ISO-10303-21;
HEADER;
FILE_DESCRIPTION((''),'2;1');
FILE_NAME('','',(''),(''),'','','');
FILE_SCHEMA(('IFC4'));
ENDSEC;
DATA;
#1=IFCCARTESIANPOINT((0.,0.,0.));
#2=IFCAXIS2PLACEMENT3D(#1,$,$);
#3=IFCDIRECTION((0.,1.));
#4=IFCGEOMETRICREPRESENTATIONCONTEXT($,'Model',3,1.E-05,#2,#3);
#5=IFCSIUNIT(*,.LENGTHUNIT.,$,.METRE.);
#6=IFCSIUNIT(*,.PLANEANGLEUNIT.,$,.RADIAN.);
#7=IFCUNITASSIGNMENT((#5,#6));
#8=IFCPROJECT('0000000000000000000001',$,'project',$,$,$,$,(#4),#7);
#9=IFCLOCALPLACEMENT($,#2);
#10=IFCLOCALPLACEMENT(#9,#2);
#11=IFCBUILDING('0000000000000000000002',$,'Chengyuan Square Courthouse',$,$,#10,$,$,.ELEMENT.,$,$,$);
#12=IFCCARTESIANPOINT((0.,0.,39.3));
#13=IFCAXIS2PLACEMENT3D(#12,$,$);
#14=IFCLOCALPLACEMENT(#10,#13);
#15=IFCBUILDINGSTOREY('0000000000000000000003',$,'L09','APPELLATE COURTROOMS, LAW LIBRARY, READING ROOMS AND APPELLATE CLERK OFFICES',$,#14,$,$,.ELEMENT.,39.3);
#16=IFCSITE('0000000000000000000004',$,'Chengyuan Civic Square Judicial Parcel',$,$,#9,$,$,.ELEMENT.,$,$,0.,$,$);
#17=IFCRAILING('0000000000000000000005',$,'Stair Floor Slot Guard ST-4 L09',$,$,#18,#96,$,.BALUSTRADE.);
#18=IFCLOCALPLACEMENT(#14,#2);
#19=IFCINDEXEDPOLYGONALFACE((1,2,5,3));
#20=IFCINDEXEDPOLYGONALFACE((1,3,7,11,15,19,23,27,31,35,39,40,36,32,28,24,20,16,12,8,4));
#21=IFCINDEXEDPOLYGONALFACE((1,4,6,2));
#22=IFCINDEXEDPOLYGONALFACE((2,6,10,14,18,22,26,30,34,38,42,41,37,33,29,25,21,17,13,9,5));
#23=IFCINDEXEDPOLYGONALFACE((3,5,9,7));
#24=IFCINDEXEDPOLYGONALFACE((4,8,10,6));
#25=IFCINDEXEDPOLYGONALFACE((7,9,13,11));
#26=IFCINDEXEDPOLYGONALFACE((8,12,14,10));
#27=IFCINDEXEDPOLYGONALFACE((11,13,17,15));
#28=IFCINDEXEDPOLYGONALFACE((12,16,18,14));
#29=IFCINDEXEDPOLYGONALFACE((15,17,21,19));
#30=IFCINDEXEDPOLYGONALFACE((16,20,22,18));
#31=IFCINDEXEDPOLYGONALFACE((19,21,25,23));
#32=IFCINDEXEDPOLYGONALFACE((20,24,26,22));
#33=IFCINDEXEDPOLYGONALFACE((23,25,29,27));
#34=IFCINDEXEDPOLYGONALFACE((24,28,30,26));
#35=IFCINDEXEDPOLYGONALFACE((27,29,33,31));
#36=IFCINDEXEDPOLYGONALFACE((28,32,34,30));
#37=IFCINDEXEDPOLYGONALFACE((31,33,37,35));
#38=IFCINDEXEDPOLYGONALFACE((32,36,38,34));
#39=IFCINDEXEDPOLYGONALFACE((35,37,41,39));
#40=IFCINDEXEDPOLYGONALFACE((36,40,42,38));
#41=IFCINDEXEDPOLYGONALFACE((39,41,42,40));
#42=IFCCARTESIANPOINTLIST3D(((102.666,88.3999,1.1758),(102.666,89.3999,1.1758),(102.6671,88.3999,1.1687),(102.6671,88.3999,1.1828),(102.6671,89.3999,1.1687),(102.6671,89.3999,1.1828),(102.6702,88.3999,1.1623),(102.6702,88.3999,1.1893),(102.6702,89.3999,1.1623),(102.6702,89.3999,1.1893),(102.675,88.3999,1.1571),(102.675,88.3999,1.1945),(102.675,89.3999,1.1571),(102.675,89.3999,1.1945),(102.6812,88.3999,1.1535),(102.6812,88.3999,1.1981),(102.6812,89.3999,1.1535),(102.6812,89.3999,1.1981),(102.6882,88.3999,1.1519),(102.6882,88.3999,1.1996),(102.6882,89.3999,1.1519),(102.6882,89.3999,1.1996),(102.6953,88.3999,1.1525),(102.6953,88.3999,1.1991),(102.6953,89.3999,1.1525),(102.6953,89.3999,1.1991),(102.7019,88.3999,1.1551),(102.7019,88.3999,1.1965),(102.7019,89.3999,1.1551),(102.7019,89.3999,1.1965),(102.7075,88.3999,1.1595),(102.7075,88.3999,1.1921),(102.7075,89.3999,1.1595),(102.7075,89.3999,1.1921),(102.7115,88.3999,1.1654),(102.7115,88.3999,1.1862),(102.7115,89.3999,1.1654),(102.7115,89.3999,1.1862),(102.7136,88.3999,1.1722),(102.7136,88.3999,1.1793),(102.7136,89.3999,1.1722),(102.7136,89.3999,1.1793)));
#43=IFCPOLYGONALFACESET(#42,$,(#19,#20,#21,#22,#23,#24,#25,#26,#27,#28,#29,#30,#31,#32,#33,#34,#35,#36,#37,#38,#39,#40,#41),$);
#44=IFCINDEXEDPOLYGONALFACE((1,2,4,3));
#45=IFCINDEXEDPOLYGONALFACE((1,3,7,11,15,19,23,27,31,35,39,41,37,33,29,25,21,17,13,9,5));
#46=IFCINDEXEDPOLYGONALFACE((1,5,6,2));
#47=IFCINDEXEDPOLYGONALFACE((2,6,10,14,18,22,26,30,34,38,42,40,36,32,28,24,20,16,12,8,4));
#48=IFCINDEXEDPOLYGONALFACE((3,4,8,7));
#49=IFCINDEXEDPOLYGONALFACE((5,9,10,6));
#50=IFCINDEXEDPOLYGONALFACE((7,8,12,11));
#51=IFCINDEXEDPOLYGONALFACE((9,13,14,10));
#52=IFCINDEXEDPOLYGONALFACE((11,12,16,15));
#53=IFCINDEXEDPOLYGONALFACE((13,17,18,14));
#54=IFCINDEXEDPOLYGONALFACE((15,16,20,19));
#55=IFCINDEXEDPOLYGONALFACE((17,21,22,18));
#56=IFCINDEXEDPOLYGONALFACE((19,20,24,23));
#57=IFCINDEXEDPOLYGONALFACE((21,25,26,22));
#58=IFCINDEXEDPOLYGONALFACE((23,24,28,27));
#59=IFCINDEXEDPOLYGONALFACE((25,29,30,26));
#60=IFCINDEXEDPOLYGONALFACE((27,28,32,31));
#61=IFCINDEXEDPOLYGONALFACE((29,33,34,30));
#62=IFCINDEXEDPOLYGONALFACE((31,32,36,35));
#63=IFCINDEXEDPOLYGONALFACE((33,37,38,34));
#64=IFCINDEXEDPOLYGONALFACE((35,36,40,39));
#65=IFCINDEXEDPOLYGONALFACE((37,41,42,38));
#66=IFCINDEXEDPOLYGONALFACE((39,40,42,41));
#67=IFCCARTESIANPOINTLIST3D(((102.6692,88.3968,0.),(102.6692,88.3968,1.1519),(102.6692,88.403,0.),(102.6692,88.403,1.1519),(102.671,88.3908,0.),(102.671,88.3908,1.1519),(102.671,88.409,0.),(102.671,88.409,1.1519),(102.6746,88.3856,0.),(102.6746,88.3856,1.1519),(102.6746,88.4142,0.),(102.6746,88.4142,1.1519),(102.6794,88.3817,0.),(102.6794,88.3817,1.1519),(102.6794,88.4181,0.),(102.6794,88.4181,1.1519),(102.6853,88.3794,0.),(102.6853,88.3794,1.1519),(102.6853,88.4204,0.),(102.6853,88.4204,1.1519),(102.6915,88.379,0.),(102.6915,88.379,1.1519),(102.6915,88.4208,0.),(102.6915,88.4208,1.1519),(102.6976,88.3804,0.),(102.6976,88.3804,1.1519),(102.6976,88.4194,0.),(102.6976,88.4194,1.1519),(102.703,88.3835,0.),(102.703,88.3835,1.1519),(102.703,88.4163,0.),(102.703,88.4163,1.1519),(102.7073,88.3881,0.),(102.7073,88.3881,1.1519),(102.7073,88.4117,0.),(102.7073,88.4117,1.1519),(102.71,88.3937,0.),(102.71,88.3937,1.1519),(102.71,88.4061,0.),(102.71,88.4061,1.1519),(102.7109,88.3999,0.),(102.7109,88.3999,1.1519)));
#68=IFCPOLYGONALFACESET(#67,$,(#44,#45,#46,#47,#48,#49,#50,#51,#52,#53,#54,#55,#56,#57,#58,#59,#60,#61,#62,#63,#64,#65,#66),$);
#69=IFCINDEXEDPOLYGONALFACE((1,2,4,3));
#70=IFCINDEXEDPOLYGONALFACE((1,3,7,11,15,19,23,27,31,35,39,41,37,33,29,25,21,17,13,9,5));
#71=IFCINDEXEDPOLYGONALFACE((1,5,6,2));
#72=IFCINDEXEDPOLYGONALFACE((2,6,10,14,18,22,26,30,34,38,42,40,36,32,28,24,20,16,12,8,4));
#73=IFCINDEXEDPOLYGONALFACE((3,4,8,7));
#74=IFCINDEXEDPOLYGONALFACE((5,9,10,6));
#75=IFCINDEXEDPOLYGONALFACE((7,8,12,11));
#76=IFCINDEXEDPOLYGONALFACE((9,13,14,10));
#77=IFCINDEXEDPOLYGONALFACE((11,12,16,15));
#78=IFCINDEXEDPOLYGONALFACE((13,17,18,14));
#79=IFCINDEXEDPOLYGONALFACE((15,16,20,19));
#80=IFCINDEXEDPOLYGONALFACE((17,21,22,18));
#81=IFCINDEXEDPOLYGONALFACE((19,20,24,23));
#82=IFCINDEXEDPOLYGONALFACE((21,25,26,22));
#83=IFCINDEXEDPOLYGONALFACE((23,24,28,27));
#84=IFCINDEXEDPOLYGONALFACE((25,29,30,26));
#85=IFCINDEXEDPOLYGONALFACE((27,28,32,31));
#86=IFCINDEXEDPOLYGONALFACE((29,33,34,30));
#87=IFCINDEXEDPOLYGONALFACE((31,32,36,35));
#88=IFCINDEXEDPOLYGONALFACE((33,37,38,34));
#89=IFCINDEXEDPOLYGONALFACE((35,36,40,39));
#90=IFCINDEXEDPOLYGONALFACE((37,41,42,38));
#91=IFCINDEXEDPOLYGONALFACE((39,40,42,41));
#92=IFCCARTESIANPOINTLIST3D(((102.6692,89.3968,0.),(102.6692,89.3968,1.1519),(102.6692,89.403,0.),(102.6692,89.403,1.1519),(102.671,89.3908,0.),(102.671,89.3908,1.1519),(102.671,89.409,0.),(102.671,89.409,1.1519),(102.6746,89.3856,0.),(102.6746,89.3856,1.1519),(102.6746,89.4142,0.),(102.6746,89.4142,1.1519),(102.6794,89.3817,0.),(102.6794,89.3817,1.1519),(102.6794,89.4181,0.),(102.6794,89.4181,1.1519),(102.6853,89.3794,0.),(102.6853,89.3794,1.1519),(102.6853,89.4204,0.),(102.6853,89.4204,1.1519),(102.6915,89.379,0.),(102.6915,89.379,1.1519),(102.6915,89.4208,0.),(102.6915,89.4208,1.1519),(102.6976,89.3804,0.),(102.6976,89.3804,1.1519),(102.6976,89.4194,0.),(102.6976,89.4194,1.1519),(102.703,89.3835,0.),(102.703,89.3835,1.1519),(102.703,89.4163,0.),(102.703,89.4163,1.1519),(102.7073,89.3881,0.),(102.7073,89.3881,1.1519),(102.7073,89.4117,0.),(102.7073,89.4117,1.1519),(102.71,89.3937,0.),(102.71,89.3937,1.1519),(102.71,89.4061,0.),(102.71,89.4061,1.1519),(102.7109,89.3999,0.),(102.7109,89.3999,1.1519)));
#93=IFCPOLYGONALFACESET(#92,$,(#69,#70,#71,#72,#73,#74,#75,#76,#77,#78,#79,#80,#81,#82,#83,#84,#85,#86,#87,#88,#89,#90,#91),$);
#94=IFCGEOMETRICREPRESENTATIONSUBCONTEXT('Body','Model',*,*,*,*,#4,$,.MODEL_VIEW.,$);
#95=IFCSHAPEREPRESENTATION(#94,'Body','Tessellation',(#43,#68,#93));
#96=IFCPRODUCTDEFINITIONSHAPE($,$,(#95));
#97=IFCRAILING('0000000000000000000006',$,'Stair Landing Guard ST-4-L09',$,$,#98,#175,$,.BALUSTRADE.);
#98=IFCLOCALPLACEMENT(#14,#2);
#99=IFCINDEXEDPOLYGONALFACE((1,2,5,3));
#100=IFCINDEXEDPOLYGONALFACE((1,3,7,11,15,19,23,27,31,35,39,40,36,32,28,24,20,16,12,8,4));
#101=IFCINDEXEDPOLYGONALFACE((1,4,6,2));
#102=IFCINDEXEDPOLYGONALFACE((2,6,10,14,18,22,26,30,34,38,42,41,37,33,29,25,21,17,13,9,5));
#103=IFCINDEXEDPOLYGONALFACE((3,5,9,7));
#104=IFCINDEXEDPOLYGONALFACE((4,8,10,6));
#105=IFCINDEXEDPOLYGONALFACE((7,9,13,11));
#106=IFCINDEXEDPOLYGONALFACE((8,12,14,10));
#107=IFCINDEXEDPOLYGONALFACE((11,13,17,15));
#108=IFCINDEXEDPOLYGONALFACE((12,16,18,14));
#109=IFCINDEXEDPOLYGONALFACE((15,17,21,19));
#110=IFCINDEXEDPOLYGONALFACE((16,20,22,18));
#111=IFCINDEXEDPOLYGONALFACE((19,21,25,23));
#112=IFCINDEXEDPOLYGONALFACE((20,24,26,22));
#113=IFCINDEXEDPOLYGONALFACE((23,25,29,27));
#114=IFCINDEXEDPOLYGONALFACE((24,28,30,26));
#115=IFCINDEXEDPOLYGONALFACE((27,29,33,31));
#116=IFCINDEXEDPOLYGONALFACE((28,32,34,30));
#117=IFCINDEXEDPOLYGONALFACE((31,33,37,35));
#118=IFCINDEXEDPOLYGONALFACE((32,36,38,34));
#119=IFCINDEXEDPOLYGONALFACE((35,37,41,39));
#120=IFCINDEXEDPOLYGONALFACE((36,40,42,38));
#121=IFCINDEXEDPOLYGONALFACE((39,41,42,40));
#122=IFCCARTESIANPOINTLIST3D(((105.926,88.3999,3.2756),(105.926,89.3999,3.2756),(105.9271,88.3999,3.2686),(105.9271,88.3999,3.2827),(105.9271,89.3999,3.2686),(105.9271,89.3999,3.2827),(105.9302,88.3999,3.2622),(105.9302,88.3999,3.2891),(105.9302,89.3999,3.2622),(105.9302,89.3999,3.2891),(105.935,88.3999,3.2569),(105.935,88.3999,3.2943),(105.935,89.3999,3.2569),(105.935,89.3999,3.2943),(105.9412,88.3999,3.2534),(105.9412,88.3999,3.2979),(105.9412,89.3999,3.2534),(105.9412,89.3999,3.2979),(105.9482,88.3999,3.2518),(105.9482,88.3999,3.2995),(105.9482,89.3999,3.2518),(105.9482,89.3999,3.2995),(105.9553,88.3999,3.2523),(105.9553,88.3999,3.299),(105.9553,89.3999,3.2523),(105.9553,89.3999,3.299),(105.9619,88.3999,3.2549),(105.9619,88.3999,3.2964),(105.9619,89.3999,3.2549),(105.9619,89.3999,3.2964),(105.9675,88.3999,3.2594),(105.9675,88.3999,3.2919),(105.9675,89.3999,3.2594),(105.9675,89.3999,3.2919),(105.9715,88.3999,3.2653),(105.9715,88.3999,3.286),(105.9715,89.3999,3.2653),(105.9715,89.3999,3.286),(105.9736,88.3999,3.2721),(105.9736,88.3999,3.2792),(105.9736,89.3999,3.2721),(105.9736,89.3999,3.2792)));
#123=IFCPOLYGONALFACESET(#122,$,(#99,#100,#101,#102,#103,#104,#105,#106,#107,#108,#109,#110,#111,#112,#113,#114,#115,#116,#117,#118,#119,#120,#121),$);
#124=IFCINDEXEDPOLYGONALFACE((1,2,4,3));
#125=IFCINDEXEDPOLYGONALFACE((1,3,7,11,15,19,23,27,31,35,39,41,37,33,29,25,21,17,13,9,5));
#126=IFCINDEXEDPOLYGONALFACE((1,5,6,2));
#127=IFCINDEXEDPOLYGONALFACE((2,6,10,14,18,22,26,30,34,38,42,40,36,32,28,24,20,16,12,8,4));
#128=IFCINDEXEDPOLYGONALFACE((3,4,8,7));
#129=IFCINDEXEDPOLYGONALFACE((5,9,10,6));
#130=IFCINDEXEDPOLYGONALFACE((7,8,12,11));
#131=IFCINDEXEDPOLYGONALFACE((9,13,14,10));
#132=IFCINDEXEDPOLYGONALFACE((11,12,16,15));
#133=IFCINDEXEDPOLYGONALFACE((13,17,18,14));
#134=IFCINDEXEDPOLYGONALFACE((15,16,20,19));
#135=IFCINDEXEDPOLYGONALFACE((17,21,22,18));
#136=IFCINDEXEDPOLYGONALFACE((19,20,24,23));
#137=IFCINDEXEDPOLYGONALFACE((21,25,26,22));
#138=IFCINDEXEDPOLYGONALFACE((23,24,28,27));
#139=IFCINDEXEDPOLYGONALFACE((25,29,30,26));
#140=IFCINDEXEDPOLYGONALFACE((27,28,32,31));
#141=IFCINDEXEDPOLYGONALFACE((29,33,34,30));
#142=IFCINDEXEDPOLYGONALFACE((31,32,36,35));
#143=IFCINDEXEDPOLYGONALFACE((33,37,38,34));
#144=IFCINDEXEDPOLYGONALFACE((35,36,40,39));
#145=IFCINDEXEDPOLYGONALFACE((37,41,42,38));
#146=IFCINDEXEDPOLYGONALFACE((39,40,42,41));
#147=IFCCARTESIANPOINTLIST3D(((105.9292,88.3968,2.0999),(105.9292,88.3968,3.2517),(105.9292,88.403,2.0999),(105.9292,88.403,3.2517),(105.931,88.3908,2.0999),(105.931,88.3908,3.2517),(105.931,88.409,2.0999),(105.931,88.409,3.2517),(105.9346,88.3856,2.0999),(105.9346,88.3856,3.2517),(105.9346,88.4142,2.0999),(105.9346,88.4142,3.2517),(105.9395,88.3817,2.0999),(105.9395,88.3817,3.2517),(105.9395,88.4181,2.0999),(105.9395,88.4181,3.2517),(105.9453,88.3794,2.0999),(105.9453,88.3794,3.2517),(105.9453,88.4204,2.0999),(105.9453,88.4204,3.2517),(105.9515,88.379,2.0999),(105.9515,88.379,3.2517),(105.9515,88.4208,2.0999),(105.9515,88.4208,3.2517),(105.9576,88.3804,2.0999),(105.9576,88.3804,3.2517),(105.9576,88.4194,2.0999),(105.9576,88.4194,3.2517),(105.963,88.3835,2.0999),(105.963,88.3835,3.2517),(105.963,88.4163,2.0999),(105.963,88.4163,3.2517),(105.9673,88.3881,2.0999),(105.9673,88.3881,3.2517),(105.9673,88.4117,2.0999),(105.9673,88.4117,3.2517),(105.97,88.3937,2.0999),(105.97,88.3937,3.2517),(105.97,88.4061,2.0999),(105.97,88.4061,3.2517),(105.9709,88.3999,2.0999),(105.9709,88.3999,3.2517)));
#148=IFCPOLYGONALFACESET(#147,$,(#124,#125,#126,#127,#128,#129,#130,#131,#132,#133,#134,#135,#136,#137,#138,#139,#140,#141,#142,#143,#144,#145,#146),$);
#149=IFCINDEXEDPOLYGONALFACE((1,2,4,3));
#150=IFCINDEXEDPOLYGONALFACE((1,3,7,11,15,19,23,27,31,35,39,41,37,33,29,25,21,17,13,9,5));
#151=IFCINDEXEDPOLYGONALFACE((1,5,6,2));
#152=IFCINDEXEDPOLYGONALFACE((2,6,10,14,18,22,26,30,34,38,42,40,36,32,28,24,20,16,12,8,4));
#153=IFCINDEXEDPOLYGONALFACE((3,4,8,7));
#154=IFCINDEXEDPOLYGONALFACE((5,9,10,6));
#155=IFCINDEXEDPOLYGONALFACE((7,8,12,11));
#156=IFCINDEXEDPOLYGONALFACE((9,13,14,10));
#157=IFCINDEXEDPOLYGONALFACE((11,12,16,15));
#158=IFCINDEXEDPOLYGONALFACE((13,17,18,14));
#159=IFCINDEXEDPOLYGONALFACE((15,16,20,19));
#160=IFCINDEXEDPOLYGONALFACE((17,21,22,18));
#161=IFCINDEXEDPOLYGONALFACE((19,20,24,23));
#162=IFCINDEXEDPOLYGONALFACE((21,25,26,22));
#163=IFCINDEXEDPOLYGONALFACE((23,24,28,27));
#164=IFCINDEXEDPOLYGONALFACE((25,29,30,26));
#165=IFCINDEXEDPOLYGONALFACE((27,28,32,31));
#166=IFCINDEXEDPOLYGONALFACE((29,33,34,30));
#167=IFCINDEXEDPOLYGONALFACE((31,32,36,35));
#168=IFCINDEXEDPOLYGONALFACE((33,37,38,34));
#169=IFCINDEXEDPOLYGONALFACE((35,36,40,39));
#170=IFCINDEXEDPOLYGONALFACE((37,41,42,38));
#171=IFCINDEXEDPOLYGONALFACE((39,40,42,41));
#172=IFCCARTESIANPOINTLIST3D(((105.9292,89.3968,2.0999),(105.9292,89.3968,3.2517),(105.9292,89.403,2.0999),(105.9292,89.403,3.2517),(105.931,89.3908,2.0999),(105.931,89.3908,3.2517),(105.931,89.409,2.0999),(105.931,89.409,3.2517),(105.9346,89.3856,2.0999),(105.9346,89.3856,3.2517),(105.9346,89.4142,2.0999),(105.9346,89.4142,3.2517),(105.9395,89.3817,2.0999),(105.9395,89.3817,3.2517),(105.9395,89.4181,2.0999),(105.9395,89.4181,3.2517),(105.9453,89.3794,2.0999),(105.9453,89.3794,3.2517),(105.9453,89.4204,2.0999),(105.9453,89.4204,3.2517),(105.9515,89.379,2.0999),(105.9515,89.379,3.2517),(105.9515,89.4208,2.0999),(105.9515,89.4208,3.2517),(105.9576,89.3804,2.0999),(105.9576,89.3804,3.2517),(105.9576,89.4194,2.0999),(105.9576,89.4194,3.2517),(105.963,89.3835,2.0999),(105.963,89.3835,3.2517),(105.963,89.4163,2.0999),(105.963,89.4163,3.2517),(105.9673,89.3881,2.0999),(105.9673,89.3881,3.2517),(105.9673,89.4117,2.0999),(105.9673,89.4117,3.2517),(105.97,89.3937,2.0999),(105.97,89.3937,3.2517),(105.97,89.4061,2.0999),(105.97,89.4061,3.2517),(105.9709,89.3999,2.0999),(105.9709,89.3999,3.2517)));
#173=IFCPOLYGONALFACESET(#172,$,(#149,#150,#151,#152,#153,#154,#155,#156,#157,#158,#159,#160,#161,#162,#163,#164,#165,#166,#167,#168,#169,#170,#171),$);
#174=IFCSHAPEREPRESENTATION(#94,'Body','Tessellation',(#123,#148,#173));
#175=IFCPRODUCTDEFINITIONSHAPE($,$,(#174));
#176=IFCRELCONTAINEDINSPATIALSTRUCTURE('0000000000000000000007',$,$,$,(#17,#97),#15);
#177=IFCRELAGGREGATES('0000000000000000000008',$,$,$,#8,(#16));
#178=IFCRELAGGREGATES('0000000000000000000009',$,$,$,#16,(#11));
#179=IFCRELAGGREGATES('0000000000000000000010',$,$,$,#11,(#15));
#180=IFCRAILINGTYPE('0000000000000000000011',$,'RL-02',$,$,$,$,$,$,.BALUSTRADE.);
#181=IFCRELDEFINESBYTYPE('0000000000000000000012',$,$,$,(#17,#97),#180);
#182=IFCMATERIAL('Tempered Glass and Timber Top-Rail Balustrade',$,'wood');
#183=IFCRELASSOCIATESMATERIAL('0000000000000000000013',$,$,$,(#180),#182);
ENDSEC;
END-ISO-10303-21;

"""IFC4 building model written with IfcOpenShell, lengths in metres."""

from ifc_helpers import new_model, si_unit, direction, frame, origin, origin_2d, place, context, subcontext, project, spatial, circle, extrude, material, type_object, element, save


model = new_model("IFC4")

# Units and contexts
model_context = context("Model", 3, precision=1e-05, world=origin(), true_north=direction((0.0, 1.0)))
body_context = subcontext(model_context, "Body", "Model", "MODEL_VIEW")
ifc_project = project(units=[si_unit("LENGTHUNIT", "METRE"), si_unit("PLANEANGLEUNIT", "RADIAN")], contexts=[model_context])

# Site, building, storey
site_placement = place(None, origin())
site = spatial("IfcSite", under=ifc_project, at=site_placement, Name="Chengyuan Civic Square Judicial Parcel", CompositionType="ELEMENT", RefElevation=0.0)
building_placement = place(site_placement, origin())
building = spatial("IfcBuilding", under=site, at=building_placement, Name="Chengyuan Square Courthouse", CompositionType="ELEMENT")
storey_placement = place(building_placement, frame((0.0, 0.0, 39.3)))
storey = spatial("IfcBuildingStorey", under=building, at=storey_placement, Name="L09", Description="APPELLATE COURTROOMS, LAW LIBRARY, READING ROOMS AND APPELLATE CLERK OFFICES", CompositionType="ELEMENT", Elevation=39.3)

# Railings
ifc_material_1 = material(Name="Tempered Glass and Timber Top-Rail Balustrade", Category="wood")
railing_type_1 = type_object("IfcRailingType", Name="RL-02", PredefinedType="BALUSTRADE", material=ifc_material_1)
for number, where, name in (
    (1, (102.6899, 88.3999, 0.0), "Stair Floor Slot Guard ST-4 L09"),
    (2, (105.95, 88.3999, 2.0999), "Stair Landing Guard ST-4-L09"),
):
    element("IfcRailing", number, at=place(storey_placement, frame(where)), inside=storey, type_object=railing_type_1, Name=name, PredefinedType="BALUSTRADE", context=body_context, shape_type="SweptSolid", body=[
        extrude(circle(Radius=0.0239, at=origin_2d()), frame((0.0, 0.0, 1.1758), z_axis=(0.0, 1.0, 0.0), x_axis=(-1.0, 0.0, 0.0)), (0.0, 0.0, 1.0), 1.0),
        extrude(circle(Radius=0.021, at=origin_2d()), origin(), (0.0, 0.0, 1.0), 1.1519),
        extrude(circle(Radius=0.021, at=origin_2d()), frame((0.0, 1.0, 0.0)), (0.0, 0.0, 1.0), 1.1519),
    ])

save(model, "model.ifc")
